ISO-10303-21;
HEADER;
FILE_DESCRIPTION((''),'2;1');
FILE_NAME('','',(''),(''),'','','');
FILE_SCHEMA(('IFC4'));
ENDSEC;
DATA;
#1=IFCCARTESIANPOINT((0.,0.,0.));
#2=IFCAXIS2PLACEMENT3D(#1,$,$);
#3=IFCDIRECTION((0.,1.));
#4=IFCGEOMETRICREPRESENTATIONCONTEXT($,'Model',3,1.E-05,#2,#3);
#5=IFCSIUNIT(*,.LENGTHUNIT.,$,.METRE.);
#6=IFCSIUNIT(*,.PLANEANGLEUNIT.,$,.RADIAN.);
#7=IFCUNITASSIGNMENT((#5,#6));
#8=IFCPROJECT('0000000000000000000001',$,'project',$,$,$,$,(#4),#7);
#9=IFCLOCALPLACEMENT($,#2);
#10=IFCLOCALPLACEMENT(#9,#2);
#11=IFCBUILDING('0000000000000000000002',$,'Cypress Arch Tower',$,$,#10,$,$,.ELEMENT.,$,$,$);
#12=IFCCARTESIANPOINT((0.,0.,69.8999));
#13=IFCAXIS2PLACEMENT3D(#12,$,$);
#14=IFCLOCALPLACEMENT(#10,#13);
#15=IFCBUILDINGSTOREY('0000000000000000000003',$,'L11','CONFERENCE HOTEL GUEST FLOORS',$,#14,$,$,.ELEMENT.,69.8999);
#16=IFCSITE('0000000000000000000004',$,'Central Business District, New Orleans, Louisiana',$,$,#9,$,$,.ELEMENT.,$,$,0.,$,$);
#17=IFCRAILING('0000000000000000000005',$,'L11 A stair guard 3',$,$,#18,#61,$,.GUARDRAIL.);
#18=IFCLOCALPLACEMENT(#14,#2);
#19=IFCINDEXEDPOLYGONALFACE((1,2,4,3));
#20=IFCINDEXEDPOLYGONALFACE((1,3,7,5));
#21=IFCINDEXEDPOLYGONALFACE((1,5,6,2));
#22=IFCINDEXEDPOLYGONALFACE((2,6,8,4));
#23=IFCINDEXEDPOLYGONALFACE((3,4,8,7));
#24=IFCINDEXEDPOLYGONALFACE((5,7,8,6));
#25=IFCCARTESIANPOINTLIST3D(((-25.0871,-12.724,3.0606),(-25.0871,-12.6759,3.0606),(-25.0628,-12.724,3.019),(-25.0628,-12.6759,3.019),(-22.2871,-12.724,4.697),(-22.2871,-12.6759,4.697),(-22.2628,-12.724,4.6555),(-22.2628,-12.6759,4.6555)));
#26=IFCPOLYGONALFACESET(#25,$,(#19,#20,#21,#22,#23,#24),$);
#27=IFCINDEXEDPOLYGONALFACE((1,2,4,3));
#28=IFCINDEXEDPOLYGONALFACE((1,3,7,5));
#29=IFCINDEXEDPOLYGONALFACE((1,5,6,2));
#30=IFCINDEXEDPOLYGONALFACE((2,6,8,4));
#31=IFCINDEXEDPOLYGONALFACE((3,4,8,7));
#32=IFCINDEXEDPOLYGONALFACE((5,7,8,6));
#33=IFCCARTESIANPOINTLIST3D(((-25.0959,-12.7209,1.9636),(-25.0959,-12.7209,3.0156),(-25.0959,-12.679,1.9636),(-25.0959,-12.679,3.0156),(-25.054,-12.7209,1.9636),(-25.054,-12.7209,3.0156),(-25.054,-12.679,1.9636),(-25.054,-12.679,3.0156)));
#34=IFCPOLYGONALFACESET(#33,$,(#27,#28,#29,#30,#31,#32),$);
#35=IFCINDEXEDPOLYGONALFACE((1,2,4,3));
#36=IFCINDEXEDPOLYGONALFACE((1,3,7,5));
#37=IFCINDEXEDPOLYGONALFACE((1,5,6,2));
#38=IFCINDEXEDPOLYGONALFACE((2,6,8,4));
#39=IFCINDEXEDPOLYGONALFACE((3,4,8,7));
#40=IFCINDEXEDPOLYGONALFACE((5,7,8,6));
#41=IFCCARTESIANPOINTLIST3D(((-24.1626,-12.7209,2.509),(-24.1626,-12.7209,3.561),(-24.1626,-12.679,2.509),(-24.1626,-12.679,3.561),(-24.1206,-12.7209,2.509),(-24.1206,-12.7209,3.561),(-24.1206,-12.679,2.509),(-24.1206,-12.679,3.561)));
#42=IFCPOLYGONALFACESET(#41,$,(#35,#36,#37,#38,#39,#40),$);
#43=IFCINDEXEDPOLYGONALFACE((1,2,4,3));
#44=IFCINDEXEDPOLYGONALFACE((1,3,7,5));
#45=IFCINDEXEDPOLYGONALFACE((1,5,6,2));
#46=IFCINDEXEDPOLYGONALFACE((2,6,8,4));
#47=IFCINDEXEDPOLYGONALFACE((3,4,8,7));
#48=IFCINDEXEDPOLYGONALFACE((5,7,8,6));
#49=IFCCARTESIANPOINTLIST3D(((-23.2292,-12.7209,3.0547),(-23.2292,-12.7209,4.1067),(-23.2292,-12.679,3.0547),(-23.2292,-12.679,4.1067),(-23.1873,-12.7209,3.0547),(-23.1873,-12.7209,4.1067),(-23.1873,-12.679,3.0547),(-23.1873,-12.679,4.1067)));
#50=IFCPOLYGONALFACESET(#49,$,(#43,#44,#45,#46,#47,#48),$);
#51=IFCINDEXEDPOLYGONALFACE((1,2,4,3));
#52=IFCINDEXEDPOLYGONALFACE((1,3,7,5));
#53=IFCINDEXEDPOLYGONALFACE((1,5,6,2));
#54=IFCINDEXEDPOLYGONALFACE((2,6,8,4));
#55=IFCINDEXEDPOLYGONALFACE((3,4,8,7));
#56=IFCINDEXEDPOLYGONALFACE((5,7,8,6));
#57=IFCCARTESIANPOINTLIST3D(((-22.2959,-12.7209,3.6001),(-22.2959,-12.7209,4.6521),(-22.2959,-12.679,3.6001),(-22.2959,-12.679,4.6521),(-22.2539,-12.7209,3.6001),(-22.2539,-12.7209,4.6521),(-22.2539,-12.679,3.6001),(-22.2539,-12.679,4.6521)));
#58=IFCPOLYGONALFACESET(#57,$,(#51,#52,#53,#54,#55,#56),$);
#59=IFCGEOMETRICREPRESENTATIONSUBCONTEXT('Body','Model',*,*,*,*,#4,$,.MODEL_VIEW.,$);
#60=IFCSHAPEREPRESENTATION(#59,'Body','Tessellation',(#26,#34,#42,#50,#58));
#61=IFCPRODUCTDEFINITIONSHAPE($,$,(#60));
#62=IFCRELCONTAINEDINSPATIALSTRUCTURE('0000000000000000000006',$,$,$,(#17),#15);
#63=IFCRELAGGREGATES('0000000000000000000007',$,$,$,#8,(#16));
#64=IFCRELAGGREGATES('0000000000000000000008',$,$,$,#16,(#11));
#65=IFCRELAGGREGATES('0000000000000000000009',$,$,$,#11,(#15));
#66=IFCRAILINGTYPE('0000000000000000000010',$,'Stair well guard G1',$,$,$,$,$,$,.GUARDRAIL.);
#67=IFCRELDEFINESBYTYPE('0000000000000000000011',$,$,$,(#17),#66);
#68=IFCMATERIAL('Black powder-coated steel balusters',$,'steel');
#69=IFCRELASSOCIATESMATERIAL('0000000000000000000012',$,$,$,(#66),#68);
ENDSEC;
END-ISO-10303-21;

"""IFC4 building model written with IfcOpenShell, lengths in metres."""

from ifc_helpers import new_model, si_unit, direction, frame, origin, origin_2d, place, context, subcontext, project, spatial, rectangle, extrude, material, type_object, element, save


model = new_model("IFC4")

# Units and contexts
model_context = context("Model", 3, precision=1e-05, world=origin(), true_north=direction((0.0, 1.0)))
body_context = subcontext(model_context, "Body", "Model", "MODEL_VIEW")
ifc_project = project(units=[si_unit("LENGTHUNIT", "METRE"), si_unit("PLANEANGLEUNIT", "RADIAN")], contexts=[model_context])

# Site, building, storey
site_placement = place(None, origin())
site = spatial("IfcSite", under=ifc_project, at=site_placement, Name="Central Business District, New Orleans, Louisiana", CompositionType="ELEMENT", RefElevation=0.0)
building_placement = place(site_placement, origin())
building = spatial("IfcBuilding", under=site, at=building_placement, Name="Cypress Arch Tower", CompositionType="ELEMENT")
storey_placement = place(building_placement, frame((0.0, 0.0, 69.8999)))
storey = spatial("IfcBuildingStorey", under=building, at=storey_placement, Name="L11", Description="CONFERENCE HOTEL GUEST FLOORS", CompositionType="ELEMENT", Elevation=69.8999)

# Railing
ifc_material_1 = material(Name="Black powder-coated steel balusters", Category="steel")
railing_type_1 = type_object("IfcRailingType", Name="Stair well guard G1", PredefinedType="GUARDRAIL", material=ifc_material_1)
railing_1_placement = place(storey_placement, frame((-25.075, -12.7, 1.9636)))
element("IfcRailing", 1, at=railing_1_placement, inside=storey, type_object=railing_type_1, Name="L11 A stair guard 3", PredefinedType="GUARDRAIL", context=body_context, shape_type="SweptSolid", body=[
    extrude(rectangle(XDim=0.0481, YDim=0.0481, at=origin_2d()), frame((0.0, 0.0, 1.0762), z_axis=(0.863361, 0.0, 0.504587), x_axis=(0.0, 1.0, 0.0)), (0.0, 0.0, 1.0), 3.2432),
    extrude(rectangle(XDim=0.042, YDim=0.042, at=origin_2d()), origin(), (0.0, 0.0, 1.0), 1.052),
    extrude(rectangle(XDim=0.042, YDim=0.042, at=origin_2d()), frame((0.9333, 0.0, 0.5454)), (0.0, 0.0, 1.0), 1.052),
    extrude(rectangle(XDim=0.042, YDim=0.042, at=origin_2d()), frame((1.8667, 0.0, 1.0911)), (0.0, 0.0, 1.0), 1.052),
    extrude(rectangle(XDim=0.042, YDim=0.042, at=origin_2d()), frame((2.8, 0.0, 1.6365)), (0.0, 0.0, 1.0), 1.052),
])

save(model, "model.ifc")
